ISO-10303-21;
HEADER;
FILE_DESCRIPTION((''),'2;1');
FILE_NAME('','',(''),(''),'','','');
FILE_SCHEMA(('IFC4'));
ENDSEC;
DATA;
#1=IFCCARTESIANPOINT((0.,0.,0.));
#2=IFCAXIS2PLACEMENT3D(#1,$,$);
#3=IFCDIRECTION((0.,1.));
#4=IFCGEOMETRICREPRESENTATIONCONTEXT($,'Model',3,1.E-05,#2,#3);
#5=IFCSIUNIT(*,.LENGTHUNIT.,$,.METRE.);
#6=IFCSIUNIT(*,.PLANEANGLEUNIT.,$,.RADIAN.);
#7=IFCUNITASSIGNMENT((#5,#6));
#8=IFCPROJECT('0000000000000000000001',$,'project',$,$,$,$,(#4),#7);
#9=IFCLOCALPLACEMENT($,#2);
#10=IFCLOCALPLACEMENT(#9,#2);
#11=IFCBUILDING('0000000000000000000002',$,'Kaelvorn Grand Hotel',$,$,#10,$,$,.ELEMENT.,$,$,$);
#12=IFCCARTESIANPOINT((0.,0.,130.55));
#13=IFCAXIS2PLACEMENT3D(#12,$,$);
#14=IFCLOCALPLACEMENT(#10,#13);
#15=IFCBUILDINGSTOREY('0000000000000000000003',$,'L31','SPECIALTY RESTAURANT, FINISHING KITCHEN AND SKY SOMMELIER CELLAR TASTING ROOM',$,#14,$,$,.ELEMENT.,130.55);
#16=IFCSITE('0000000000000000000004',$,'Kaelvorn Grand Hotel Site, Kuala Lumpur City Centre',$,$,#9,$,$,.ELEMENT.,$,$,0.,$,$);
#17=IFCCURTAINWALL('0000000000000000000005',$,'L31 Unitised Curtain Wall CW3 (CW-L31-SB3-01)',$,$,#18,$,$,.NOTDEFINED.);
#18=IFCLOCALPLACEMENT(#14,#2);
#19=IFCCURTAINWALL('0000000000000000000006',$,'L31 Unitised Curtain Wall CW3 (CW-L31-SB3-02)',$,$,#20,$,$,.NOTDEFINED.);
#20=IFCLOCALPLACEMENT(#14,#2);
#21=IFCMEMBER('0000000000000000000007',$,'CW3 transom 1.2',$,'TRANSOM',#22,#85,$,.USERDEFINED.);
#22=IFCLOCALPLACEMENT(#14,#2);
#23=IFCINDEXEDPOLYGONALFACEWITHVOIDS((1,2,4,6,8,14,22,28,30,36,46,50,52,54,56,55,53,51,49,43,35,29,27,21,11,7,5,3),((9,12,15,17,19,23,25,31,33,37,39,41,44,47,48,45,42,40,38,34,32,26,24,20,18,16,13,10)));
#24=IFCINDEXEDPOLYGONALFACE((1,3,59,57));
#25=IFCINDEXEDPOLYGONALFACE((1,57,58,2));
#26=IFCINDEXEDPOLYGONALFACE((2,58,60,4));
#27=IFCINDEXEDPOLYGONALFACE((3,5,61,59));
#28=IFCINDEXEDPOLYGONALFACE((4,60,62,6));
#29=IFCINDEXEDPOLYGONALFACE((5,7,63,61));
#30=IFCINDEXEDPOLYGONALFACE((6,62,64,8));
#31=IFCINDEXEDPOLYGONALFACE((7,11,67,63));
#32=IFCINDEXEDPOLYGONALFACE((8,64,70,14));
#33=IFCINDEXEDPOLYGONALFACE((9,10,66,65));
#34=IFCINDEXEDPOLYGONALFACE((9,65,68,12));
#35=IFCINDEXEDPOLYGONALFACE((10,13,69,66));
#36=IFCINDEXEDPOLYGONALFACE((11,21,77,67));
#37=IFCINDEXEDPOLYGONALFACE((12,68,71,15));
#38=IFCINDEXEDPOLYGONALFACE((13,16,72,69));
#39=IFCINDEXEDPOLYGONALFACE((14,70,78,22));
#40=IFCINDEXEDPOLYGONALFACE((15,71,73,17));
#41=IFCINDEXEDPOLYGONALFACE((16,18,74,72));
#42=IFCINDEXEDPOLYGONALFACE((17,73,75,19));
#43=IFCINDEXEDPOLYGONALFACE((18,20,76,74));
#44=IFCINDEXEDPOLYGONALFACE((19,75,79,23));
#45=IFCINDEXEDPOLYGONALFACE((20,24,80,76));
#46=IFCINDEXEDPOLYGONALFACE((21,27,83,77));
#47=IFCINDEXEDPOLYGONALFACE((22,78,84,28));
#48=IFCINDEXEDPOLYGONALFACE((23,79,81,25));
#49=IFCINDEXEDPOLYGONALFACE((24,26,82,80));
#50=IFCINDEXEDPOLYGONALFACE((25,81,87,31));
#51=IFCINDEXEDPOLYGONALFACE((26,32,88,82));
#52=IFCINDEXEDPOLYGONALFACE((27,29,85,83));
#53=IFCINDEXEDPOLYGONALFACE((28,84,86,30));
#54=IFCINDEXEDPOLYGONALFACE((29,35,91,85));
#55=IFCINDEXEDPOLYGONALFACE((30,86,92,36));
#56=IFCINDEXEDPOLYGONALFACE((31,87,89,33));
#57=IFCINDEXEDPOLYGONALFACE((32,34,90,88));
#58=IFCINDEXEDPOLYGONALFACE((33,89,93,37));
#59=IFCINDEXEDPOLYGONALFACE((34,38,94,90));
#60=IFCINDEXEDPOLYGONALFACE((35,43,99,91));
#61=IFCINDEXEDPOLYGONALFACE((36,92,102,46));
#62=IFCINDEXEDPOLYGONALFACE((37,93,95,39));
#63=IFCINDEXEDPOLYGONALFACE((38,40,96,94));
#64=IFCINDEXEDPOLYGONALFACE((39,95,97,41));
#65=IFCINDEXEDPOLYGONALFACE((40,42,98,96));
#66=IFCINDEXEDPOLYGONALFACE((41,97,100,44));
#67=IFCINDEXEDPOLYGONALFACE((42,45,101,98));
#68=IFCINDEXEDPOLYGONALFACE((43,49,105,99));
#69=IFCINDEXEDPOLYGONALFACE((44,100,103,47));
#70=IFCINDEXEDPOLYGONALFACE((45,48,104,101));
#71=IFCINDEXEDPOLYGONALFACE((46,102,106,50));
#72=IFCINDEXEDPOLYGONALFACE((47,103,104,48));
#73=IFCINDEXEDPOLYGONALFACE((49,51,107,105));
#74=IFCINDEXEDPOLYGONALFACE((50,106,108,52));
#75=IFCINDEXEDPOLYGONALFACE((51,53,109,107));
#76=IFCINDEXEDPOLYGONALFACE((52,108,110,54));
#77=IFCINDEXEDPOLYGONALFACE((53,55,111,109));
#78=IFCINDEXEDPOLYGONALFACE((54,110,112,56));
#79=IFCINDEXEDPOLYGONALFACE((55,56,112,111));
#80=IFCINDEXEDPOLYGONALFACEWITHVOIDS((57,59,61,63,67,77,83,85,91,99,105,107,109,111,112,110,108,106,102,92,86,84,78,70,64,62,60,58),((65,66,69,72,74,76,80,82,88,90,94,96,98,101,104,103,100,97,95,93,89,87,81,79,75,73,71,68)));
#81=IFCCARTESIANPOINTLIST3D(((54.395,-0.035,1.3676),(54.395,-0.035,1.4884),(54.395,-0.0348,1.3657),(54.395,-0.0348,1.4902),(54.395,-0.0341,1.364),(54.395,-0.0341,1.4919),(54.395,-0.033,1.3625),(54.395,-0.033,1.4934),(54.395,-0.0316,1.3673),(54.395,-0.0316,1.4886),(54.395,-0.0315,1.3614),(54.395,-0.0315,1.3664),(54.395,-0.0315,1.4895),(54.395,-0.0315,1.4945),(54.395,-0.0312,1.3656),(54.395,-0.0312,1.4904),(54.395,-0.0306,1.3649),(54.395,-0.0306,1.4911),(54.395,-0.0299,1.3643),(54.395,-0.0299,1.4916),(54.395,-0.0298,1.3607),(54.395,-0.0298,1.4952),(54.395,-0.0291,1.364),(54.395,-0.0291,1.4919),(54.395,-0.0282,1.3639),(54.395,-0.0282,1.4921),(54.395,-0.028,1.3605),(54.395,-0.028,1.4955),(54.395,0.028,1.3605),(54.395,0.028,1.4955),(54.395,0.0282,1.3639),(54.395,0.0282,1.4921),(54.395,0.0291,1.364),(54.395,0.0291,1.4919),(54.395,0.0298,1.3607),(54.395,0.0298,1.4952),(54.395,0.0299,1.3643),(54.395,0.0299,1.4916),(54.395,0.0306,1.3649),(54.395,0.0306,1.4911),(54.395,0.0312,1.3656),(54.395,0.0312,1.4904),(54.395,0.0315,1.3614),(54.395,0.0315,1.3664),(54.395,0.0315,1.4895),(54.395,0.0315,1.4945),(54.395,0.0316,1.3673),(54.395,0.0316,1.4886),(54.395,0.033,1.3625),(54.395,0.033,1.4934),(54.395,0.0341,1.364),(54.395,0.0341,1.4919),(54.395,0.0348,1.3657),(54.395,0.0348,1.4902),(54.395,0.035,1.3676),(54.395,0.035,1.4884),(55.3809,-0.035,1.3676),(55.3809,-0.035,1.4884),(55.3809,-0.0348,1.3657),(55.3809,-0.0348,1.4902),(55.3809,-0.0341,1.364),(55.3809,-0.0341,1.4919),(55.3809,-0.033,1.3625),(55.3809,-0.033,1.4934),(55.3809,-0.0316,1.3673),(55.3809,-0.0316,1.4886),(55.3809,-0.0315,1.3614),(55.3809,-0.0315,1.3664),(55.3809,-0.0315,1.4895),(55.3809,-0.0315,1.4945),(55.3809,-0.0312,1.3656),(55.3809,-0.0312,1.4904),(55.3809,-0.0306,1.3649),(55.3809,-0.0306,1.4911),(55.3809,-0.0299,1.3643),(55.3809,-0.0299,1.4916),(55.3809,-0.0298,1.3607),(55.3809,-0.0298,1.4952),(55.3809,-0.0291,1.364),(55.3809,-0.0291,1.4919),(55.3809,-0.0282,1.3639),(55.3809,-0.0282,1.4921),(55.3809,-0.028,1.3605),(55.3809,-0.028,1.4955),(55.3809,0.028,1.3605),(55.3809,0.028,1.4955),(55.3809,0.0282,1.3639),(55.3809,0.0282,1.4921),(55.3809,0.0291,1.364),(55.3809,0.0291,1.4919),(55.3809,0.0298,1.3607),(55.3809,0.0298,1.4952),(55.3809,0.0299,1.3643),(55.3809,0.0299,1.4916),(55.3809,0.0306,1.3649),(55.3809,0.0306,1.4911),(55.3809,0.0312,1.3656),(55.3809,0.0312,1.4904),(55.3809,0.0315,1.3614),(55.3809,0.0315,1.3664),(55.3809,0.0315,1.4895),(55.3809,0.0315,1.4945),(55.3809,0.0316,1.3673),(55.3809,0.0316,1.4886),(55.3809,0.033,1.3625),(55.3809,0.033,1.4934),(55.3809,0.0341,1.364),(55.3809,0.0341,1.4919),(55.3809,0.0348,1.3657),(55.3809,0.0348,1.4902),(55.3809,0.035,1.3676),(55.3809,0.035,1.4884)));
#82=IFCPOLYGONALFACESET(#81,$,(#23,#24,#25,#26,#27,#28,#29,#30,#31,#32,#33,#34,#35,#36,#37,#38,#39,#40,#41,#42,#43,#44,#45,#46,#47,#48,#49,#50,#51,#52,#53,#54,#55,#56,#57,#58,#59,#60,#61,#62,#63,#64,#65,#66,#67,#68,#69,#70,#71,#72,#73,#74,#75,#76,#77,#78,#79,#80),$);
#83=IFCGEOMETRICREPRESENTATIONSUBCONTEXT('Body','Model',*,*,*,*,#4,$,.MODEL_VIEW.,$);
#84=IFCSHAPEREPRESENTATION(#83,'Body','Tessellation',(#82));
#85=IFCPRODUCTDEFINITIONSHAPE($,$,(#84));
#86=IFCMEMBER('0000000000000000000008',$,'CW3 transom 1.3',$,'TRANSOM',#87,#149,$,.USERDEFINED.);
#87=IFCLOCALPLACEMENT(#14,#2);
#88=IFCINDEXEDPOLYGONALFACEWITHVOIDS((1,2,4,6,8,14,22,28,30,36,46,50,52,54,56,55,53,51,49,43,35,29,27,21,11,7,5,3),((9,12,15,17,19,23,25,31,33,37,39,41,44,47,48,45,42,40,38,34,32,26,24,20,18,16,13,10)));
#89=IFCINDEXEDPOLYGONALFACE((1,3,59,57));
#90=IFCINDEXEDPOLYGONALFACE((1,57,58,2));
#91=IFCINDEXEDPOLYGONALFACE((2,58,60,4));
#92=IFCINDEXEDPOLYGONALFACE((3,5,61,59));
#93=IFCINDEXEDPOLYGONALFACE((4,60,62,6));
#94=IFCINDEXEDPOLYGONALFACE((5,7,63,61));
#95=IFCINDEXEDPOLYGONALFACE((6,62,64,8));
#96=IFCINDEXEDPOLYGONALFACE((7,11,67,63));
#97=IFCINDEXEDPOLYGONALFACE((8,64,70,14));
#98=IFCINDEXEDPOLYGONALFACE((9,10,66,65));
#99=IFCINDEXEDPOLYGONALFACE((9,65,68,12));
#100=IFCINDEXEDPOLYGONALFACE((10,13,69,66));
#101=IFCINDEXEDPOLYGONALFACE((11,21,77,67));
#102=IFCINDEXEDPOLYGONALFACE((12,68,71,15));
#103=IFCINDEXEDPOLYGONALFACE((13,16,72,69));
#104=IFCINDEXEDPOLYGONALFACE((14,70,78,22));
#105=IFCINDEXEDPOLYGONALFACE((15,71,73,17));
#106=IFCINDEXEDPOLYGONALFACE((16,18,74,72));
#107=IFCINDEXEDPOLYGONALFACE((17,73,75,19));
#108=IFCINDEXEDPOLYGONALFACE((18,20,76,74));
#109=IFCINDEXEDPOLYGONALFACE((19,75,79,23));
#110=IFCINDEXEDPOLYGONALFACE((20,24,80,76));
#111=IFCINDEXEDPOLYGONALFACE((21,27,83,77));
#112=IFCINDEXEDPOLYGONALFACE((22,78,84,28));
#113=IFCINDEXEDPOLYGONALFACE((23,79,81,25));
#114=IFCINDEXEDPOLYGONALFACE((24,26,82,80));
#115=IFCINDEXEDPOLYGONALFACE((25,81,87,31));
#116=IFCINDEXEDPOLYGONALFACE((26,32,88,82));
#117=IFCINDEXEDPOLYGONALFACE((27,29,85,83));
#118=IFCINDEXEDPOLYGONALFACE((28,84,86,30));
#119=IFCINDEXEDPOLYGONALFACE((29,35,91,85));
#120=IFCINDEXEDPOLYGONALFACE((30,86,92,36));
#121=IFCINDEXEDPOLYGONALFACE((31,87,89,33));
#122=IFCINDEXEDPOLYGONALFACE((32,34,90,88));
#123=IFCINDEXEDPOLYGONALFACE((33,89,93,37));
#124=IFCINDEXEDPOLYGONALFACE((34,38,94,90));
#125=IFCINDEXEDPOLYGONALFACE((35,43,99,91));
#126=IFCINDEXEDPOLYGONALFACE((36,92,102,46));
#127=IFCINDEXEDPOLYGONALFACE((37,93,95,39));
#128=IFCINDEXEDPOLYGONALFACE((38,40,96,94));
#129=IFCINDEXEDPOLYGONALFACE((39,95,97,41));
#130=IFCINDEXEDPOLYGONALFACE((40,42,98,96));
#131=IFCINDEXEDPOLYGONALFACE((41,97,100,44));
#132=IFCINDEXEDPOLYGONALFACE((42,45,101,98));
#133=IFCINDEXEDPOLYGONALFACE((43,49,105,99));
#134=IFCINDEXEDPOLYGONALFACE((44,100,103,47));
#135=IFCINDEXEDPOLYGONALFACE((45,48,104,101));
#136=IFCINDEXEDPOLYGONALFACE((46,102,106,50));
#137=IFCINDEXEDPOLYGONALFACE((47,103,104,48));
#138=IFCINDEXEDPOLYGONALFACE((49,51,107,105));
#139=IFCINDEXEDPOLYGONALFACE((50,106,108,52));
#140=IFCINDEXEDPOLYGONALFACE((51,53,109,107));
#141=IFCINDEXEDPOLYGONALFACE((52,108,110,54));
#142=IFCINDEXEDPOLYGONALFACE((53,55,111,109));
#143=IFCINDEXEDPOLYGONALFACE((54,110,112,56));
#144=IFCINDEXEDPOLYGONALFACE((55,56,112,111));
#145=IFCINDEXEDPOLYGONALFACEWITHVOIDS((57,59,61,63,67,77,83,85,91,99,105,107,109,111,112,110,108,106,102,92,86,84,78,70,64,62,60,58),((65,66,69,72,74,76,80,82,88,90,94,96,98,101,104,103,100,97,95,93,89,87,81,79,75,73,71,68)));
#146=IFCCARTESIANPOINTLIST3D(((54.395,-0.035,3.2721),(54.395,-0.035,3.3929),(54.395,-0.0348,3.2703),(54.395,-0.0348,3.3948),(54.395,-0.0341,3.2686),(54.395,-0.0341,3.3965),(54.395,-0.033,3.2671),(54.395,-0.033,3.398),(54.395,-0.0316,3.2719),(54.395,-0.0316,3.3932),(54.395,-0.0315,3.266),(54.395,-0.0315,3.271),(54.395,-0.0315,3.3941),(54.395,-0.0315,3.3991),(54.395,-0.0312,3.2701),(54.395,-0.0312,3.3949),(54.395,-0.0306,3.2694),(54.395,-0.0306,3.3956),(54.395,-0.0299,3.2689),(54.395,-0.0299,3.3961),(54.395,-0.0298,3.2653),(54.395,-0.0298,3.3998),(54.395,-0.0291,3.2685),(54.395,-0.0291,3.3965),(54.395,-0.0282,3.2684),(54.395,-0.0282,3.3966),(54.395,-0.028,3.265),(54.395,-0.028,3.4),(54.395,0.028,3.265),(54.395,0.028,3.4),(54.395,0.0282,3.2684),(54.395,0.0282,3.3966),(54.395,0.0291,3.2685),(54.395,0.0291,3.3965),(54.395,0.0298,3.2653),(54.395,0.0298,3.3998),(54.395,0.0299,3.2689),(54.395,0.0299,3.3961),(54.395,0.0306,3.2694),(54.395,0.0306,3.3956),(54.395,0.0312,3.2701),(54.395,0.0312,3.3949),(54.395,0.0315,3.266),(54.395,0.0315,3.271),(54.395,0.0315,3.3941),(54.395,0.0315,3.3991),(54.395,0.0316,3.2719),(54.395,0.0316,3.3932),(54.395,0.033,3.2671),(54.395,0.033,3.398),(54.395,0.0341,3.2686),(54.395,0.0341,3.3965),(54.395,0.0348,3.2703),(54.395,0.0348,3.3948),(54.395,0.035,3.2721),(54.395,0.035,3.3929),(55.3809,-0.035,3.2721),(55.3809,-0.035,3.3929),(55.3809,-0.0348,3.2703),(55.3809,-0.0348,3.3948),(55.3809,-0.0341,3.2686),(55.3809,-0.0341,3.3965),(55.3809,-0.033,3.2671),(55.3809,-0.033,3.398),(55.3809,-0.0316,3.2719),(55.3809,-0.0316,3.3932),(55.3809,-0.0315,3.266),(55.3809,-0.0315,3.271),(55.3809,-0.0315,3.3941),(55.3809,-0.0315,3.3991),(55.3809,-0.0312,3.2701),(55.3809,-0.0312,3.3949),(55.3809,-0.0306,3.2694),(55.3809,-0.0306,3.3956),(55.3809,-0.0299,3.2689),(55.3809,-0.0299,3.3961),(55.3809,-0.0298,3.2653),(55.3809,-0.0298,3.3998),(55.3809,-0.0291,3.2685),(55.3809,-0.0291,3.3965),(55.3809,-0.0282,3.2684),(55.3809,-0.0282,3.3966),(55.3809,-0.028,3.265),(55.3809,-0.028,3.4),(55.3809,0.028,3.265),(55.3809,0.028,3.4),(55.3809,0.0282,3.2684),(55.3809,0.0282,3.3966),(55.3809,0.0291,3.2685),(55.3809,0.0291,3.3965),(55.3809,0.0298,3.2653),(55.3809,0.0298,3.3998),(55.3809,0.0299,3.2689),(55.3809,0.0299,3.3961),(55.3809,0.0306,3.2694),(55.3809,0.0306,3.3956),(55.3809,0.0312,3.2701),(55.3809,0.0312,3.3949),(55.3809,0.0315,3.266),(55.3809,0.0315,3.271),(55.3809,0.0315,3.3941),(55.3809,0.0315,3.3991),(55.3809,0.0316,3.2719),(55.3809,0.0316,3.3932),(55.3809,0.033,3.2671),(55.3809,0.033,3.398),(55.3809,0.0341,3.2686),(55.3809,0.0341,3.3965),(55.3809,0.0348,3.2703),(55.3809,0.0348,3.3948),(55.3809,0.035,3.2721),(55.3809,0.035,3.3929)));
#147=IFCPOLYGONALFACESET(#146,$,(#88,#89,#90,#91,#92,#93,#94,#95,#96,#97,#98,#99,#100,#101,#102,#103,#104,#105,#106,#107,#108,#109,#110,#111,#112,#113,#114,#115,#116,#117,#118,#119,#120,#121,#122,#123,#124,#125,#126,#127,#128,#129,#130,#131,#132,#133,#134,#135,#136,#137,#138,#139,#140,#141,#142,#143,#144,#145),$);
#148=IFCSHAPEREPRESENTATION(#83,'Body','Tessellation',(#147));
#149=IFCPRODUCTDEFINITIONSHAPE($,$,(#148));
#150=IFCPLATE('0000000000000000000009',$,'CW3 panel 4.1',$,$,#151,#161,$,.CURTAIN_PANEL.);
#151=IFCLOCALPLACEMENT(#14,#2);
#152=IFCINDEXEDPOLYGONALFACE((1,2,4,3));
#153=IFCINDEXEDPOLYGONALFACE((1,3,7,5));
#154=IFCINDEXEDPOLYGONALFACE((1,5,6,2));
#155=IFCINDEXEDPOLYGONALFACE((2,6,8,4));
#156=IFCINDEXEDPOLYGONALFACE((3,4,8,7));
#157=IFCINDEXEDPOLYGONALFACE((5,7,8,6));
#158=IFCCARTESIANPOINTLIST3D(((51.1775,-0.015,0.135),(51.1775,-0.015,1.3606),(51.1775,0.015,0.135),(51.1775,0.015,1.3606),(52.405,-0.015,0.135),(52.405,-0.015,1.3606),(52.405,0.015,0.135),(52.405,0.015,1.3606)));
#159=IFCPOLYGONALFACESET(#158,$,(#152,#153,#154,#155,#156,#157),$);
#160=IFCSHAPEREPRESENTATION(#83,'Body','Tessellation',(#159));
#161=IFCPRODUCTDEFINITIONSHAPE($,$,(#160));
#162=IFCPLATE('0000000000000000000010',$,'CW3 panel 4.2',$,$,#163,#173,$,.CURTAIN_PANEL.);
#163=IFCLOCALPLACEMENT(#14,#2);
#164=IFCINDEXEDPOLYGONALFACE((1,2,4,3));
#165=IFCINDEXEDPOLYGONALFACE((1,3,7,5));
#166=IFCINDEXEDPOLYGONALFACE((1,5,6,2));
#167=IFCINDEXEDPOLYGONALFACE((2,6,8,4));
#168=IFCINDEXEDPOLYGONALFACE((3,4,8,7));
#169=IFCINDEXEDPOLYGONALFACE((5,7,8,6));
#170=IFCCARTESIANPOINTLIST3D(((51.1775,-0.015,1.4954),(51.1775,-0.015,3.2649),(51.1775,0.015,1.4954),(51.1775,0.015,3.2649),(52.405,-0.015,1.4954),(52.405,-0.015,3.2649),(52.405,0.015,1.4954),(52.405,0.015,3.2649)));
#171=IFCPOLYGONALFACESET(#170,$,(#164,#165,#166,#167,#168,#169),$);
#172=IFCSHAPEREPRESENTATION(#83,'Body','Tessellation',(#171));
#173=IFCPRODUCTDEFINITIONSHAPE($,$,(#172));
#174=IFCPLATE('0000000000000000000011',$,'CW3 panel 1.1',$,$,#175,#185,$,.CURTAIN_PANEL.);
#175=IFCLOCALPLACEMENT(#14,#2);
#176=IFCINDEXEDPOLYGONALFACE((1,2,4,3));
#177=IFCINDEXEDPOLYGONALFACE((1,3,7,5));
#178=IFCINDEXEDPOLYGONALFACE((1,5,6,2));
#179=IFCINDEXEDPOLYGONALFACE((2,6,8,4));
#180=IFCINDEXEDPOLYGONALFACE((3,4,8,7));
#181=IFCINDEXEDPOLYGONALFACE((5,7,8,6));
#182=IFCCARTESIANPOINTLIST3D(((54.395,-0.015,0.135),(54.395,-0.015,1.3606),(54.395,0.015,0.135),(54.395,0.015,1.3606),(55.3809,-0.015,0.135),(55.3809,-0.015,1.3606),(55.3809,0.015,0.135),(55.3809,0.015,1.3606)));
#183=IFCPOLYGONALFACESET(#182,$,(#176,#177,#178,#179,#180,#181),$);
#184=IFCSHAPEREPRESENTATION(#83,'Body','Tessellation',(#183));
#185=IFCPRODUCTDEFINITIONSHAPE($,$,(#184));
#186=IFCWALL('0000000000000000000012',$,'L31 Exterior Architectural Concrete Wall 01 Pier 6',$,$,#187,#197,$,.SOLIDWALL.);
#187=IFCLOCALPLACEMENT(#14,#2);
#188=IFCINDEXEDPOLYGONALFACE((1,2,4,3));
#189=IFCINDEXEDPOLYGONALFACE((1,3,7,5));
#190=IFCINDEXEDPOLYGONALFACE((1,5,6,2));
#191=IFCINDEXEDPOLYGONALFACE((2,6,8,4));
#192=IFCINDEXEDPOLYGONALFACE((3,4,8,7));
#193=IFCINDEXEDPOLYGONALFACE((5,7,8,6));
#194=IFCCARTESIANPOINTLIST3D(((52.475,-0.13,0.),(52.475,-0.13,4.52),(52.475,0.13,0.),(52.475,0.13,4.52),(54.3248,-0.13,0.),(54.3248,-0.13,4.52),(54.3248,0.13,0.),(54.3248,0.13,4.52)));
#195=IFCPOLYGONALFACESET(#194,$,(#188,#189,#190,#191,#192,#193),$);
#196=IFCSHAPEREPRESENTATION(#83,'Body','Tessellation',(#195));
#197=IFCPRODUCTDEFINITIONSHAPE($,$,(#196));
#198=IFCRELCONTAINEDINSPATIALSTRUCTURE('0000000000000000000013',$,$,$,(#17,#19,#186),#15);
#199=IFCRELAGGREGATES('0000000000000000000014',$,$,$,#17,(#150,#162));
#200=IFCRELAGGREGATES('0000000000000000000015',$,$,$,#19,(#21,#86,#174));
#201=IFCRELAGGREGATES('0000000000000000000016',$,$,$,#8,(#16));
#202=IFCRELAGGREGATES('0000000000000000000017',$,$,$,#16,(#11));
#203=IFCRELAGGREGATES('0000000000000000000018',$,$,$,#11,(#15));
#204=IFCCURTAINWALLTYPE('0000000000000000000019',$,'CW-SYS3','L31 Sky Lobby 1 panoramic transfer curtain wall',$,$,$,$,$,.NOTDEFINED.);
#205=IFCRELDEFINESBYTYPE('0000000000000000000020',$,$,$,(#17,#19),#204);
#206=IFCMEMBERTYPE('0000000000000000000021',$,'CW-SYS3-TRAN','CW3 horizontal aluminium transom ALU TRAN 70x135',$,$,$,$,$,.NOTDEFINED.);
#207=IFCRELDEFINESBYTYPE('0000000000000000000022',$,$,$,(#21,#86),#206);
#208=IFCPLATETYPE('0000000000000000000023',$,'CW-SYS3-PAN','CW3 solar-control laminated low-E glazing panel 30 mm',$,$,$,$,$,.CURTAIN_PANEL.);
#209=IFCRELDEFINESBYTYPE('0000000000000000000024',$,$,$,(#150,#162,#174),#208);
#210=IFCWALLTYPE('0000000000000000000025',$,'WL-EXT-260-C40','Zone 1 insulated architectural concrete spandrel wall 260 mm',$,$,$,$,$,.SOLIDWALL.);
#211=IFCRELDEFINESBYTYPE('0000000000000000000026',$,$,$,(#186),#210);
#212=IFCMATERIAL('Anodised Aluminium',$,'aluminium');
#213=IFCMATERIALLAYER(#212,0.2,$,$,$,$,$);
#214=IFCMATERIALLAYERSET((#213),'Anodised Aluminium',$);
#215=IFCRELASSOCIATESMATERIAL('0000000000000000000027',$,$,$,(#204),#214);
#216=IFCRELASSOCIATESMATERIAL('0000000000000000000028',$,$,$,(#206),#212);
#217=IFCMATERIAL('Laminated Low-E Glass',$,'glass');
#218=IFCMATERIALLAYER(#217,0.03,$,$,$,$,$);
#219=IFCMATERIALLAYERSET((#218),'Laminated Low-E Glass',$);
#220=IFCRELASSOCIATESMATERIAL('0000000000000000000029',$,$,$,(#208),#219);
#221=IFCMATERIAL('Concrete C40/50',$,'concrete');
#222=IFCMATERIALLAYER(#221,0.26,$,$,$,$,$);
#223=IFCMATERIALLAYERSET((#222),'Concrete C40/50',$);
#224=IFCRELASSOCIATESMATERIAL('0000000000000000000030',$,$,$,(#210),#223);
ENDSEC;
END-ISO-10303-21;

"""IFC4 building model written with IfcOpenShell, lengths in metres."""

from ifc_helpers import new_model, si_unit, direction, frame, frame_2d, origin, origin_2d, place, context, subcontext, project, spatial, rectangle, hollow_rectangle, extrude, material, layer, layer_set, material_profile, profile_set, type_object, element, aggregate, save


model = new_model("IFC4")

# Units and contexts
model_context = context("Model", 3, precision=1e-05, world=origin(), true_north=direction((0.0, 1.0)))
body_context = subcontext(model_context, "Body", "Model", "MODEL_VIEW")
ifc_project = project(units=[si_unit("LENGTHUNIT", "METRE"), si_unit("PLANEANGLEUNIT", "RADIAN")], contexts=[model_context])

# Site, building, storey
site_placement = place(None, origin())
site = spatial("IfcSite", under=ifc_project, at=site_placement, Name="Kaelvorn Grand Hotel Site, Kuala Lumpur City Centre", CompositionType="ELEMENT", RefElevation=0.0)
building_placement = place(site_placement, origin())
building = spatial("IfcBuilding", under=site, at=building_placement, Name="Kaelvorn Grand Hotel", CompositionType="ELEMENT")
storey_placement = place(building_placement, frame((0.0, 0.0, 130.55)))
storey = spatial("IfcBuildingStorey", under=building, at=storey_placement, Name="L31", Description="SPECIALTY RESTAURANT, FINISHING KITCHEN AND SKY SOMMELIER CELLAR TASTING ROOM", CompositionType="ELEMENT", Elevation=130.55)

# Curtain walls
ifc_material_1 = material(Name="Anodised Aluminium", Category="aluminium")
ifc_layer_1 = layer(ifc_material_1, 0.2)
ifc_layer_set_1 = layer_set([ifc_layer_1], Name="Anodised Aluminium")
curtain_wall_type = type_object("IfcCurtainWallType", Name="CW-SYS3", Description="L31 Sky Lobby 1 panoramic transfer curtain wall", PredefinedType="NOTDEFINED", material=ifc_layer_set_1)
curtain_wall_1_placement = place(storey_placement, origin())
curtain_wall_1 = element("IfcCurtainWall", 1, at=curtain_wall_1_placement, inside=storey, type_object=curtain_wall_type, Name="L31 Unitised Curtain Wall CW3 (CW-L31-SB3-01)", PredefinedType="NOTDEFINED")
curtain_wall_2_placement = place(storey_placement, origin())
curtain_wall_2 = element("IfcCurtainWall", 2, at=curtain_wall_2_placement, inside=storey, type_object=curtain_wall_type, Name="L31 Unitised Curtain Wall CW3 (CW-L31-SB3-02)", PredefinedType="NOTDEFINED")

# Members
ifc_material_profile_1 = material_profile(ifc_material_1, hollow_rectangle(XDim=0.0701, YDim=0.135, WallThickness=0.0034, InnerFilletRadius=0.0034, OuterFilletRadius=0.0071, at=origin_2d()), Name="ALU TRAN 70x135")
ifc_profile_set_1 = profile_set([ifc_material_profile_1], Name="Anodised Aluminium")
member_type_1 = type_object("IfcMemberType", Name="CW-SYS3-TRAN", Description="CW3 horizontal aluminium transom ALU TRAN 70x135", PredefinedType="NOTDEFINED", material=ifc_profile_set_1)
member_1_placement = place(storey_placement, frame((54.395, 0.0, 1.428), z_axis=(1.0, 0.0, 0.0), x_axis=(0.0, 1.0, 0.0)))
member_1 = element("IfcMember", 3, at=member_1_placement, type_object=member_type_1, Name="CW3 transom 1.2", ObjectType="TRANSOM", PredefinedType="USERDEFINED", context=body_context, shape_type="SweptSolid", body=[
    extrude(hollow_rectangle(XDim=0.0701, YDim=0.135, WallThickness=0.0034, InnerFilletRadius=0.0034, OuterFilletRadius=0.0071, at=origin_2d()), origin(), (0.0, 0.0, 1.0), 0.9858),
])
member_2_placement = place(storey_placement, frame((54.395, 0.0, 3.3325), z_axis=(1.0, 0.0, 0.0), x_axis=(0.0, 1.0, 0.0)))
member_2 = element("IfcMember", 4, at=member_2_placement, type_object=member_type_1, Name="CW3 transom 1.3", ObjectType="TRANSOM", PredefinedType="USERDEFINED", context=body_context, shape_type="SweptSolid", body=[
    extrude(hollow_rectangle(XDim=0.0701, YDim=0.135, WallThickness=0.0034, InnerFilletRadius=0.0034, OuterFilletRadius=0.0071, at=origin_2d()), origin(), (0.0, 0.0, 1.0), 0.9858),
])

# Plates
ifc_material_2 = material(Name="Laminated Low-E Glass", Category="glass")
ifc_layer_2 = layer(ifc_material_2, 0.03)
ifc_layer_set_2 = layer_set([ifc_layer_2], Name="Laminated Low-E Glass")
plate_type = type_object("IfcPlateType", Name="CW-SYS3-PAN", Description="CW3 solar-control laminated low-E glazing panel 30 mm", PredefinedType="CURTAIN_PANEL", material=ifc_layer_set_2)
plate_1_placement = place(storey_placement, frame((51.7913, 0.0, 0.135), z_axis=(0.0, 0.0, 1.0), x_axis=(1.0, 0.0, 0.0)))
plate_1 = element("IfcPlate", 5, at=plate_1_placement, type_object=plate_type, Name="CW3 panel 4.1", PredefinedType="CURTAIN_PANEL", context=body_context, shape_type="SweptSolid", body=[
    extrude(rectangle(XDim=1.2275, YDim=0.03, at=origin_2d()), origin(), (0.0, 0.0, 1.0), 1.2256),
])
plate_2_placement = place(storey_placement, frame((51.7913, 0.0, 1.4954), z_axis=(0.0, 0.0, 1.0), x_axis=(1.0, 0.0, 0.0)))
plate_2 = element("IfcPlate", 6, at=plate_2_placement, type_object=plate_type, Name="CW3 panel 4.2", PredefinedType="CURTAIN_PANEL", context=body_context, shape_type="SweptSolid", body=[
    extrude(rectangle(XDim=1.2275, YDim=0.03, at=origin_2d()), origin(), (0.0, 0.0, 1.0), 1.7695),
])
aggregate(curtain_wall_1, [plate_1, plate_2])
plate_3_placement = place(storey_placement, frame((54.8879, 0.0, 0.135), z_axis=(0.0, 0.0, 1.0), x_axis=(1.0, 0.0, 0.0)))
plate_3 = element("IfcPlate", 7, at=plate_3_placement, type_object=plate_type, Name="CW3 panel 1.1", PredefinedType="CURTAIN_PANEL", context=body_context, shape_type="SweptSolid", body=[
    extrude(rectangle(XDim=0.9858, YDim=0.03, at=origin_2d()), origin(), (0.0, 0.0, 1.0), 1.2256),
])
aggregate(curtain_wall_2, [member_1, member_2, plate_3])

# Wall
ifc_material_3 = material(Name="Concrete C40/50", Category="concrete")
ifc_layer_3 = layer(ifc_material_3, 0.26)
ifc_layer_set_3 = layer_set([ifc_layer_3], Name="Concrete C40/50")
wall_type_1 = type_object("IfcWallType", Name="WL-EXT-260-C40", Description="Zone 1 insulated architectural concrete spandrel wall 260 mm", PredefinedType="SOLIDWALL", material=ifc_layer_set_3)
wall_1_placement = place(storey_placement, frame((52.4751, 0.0, 0.0), z_axis=(0.0, 0.0, 1.0), x_axis=(1.0, 0.0, 0.0)))
element("IfcWall", 8, at=wall_1_placement, inside=storey, type_object=wall_type_1, Name="L31 Exterior Architectural Concrete Wall 01 Pier 6", PredefinedType="SOLIDWALL", context=body_context, shape_type="SweptSolid", body=[
    extrude(rectangle(XDim=1.8499, YDim=0.26, at=frame_2d((0.9248, 0.0))), origin(), (0.0, 0.0, 1.0), 4.52),
])

save(model, "model.ifc")
